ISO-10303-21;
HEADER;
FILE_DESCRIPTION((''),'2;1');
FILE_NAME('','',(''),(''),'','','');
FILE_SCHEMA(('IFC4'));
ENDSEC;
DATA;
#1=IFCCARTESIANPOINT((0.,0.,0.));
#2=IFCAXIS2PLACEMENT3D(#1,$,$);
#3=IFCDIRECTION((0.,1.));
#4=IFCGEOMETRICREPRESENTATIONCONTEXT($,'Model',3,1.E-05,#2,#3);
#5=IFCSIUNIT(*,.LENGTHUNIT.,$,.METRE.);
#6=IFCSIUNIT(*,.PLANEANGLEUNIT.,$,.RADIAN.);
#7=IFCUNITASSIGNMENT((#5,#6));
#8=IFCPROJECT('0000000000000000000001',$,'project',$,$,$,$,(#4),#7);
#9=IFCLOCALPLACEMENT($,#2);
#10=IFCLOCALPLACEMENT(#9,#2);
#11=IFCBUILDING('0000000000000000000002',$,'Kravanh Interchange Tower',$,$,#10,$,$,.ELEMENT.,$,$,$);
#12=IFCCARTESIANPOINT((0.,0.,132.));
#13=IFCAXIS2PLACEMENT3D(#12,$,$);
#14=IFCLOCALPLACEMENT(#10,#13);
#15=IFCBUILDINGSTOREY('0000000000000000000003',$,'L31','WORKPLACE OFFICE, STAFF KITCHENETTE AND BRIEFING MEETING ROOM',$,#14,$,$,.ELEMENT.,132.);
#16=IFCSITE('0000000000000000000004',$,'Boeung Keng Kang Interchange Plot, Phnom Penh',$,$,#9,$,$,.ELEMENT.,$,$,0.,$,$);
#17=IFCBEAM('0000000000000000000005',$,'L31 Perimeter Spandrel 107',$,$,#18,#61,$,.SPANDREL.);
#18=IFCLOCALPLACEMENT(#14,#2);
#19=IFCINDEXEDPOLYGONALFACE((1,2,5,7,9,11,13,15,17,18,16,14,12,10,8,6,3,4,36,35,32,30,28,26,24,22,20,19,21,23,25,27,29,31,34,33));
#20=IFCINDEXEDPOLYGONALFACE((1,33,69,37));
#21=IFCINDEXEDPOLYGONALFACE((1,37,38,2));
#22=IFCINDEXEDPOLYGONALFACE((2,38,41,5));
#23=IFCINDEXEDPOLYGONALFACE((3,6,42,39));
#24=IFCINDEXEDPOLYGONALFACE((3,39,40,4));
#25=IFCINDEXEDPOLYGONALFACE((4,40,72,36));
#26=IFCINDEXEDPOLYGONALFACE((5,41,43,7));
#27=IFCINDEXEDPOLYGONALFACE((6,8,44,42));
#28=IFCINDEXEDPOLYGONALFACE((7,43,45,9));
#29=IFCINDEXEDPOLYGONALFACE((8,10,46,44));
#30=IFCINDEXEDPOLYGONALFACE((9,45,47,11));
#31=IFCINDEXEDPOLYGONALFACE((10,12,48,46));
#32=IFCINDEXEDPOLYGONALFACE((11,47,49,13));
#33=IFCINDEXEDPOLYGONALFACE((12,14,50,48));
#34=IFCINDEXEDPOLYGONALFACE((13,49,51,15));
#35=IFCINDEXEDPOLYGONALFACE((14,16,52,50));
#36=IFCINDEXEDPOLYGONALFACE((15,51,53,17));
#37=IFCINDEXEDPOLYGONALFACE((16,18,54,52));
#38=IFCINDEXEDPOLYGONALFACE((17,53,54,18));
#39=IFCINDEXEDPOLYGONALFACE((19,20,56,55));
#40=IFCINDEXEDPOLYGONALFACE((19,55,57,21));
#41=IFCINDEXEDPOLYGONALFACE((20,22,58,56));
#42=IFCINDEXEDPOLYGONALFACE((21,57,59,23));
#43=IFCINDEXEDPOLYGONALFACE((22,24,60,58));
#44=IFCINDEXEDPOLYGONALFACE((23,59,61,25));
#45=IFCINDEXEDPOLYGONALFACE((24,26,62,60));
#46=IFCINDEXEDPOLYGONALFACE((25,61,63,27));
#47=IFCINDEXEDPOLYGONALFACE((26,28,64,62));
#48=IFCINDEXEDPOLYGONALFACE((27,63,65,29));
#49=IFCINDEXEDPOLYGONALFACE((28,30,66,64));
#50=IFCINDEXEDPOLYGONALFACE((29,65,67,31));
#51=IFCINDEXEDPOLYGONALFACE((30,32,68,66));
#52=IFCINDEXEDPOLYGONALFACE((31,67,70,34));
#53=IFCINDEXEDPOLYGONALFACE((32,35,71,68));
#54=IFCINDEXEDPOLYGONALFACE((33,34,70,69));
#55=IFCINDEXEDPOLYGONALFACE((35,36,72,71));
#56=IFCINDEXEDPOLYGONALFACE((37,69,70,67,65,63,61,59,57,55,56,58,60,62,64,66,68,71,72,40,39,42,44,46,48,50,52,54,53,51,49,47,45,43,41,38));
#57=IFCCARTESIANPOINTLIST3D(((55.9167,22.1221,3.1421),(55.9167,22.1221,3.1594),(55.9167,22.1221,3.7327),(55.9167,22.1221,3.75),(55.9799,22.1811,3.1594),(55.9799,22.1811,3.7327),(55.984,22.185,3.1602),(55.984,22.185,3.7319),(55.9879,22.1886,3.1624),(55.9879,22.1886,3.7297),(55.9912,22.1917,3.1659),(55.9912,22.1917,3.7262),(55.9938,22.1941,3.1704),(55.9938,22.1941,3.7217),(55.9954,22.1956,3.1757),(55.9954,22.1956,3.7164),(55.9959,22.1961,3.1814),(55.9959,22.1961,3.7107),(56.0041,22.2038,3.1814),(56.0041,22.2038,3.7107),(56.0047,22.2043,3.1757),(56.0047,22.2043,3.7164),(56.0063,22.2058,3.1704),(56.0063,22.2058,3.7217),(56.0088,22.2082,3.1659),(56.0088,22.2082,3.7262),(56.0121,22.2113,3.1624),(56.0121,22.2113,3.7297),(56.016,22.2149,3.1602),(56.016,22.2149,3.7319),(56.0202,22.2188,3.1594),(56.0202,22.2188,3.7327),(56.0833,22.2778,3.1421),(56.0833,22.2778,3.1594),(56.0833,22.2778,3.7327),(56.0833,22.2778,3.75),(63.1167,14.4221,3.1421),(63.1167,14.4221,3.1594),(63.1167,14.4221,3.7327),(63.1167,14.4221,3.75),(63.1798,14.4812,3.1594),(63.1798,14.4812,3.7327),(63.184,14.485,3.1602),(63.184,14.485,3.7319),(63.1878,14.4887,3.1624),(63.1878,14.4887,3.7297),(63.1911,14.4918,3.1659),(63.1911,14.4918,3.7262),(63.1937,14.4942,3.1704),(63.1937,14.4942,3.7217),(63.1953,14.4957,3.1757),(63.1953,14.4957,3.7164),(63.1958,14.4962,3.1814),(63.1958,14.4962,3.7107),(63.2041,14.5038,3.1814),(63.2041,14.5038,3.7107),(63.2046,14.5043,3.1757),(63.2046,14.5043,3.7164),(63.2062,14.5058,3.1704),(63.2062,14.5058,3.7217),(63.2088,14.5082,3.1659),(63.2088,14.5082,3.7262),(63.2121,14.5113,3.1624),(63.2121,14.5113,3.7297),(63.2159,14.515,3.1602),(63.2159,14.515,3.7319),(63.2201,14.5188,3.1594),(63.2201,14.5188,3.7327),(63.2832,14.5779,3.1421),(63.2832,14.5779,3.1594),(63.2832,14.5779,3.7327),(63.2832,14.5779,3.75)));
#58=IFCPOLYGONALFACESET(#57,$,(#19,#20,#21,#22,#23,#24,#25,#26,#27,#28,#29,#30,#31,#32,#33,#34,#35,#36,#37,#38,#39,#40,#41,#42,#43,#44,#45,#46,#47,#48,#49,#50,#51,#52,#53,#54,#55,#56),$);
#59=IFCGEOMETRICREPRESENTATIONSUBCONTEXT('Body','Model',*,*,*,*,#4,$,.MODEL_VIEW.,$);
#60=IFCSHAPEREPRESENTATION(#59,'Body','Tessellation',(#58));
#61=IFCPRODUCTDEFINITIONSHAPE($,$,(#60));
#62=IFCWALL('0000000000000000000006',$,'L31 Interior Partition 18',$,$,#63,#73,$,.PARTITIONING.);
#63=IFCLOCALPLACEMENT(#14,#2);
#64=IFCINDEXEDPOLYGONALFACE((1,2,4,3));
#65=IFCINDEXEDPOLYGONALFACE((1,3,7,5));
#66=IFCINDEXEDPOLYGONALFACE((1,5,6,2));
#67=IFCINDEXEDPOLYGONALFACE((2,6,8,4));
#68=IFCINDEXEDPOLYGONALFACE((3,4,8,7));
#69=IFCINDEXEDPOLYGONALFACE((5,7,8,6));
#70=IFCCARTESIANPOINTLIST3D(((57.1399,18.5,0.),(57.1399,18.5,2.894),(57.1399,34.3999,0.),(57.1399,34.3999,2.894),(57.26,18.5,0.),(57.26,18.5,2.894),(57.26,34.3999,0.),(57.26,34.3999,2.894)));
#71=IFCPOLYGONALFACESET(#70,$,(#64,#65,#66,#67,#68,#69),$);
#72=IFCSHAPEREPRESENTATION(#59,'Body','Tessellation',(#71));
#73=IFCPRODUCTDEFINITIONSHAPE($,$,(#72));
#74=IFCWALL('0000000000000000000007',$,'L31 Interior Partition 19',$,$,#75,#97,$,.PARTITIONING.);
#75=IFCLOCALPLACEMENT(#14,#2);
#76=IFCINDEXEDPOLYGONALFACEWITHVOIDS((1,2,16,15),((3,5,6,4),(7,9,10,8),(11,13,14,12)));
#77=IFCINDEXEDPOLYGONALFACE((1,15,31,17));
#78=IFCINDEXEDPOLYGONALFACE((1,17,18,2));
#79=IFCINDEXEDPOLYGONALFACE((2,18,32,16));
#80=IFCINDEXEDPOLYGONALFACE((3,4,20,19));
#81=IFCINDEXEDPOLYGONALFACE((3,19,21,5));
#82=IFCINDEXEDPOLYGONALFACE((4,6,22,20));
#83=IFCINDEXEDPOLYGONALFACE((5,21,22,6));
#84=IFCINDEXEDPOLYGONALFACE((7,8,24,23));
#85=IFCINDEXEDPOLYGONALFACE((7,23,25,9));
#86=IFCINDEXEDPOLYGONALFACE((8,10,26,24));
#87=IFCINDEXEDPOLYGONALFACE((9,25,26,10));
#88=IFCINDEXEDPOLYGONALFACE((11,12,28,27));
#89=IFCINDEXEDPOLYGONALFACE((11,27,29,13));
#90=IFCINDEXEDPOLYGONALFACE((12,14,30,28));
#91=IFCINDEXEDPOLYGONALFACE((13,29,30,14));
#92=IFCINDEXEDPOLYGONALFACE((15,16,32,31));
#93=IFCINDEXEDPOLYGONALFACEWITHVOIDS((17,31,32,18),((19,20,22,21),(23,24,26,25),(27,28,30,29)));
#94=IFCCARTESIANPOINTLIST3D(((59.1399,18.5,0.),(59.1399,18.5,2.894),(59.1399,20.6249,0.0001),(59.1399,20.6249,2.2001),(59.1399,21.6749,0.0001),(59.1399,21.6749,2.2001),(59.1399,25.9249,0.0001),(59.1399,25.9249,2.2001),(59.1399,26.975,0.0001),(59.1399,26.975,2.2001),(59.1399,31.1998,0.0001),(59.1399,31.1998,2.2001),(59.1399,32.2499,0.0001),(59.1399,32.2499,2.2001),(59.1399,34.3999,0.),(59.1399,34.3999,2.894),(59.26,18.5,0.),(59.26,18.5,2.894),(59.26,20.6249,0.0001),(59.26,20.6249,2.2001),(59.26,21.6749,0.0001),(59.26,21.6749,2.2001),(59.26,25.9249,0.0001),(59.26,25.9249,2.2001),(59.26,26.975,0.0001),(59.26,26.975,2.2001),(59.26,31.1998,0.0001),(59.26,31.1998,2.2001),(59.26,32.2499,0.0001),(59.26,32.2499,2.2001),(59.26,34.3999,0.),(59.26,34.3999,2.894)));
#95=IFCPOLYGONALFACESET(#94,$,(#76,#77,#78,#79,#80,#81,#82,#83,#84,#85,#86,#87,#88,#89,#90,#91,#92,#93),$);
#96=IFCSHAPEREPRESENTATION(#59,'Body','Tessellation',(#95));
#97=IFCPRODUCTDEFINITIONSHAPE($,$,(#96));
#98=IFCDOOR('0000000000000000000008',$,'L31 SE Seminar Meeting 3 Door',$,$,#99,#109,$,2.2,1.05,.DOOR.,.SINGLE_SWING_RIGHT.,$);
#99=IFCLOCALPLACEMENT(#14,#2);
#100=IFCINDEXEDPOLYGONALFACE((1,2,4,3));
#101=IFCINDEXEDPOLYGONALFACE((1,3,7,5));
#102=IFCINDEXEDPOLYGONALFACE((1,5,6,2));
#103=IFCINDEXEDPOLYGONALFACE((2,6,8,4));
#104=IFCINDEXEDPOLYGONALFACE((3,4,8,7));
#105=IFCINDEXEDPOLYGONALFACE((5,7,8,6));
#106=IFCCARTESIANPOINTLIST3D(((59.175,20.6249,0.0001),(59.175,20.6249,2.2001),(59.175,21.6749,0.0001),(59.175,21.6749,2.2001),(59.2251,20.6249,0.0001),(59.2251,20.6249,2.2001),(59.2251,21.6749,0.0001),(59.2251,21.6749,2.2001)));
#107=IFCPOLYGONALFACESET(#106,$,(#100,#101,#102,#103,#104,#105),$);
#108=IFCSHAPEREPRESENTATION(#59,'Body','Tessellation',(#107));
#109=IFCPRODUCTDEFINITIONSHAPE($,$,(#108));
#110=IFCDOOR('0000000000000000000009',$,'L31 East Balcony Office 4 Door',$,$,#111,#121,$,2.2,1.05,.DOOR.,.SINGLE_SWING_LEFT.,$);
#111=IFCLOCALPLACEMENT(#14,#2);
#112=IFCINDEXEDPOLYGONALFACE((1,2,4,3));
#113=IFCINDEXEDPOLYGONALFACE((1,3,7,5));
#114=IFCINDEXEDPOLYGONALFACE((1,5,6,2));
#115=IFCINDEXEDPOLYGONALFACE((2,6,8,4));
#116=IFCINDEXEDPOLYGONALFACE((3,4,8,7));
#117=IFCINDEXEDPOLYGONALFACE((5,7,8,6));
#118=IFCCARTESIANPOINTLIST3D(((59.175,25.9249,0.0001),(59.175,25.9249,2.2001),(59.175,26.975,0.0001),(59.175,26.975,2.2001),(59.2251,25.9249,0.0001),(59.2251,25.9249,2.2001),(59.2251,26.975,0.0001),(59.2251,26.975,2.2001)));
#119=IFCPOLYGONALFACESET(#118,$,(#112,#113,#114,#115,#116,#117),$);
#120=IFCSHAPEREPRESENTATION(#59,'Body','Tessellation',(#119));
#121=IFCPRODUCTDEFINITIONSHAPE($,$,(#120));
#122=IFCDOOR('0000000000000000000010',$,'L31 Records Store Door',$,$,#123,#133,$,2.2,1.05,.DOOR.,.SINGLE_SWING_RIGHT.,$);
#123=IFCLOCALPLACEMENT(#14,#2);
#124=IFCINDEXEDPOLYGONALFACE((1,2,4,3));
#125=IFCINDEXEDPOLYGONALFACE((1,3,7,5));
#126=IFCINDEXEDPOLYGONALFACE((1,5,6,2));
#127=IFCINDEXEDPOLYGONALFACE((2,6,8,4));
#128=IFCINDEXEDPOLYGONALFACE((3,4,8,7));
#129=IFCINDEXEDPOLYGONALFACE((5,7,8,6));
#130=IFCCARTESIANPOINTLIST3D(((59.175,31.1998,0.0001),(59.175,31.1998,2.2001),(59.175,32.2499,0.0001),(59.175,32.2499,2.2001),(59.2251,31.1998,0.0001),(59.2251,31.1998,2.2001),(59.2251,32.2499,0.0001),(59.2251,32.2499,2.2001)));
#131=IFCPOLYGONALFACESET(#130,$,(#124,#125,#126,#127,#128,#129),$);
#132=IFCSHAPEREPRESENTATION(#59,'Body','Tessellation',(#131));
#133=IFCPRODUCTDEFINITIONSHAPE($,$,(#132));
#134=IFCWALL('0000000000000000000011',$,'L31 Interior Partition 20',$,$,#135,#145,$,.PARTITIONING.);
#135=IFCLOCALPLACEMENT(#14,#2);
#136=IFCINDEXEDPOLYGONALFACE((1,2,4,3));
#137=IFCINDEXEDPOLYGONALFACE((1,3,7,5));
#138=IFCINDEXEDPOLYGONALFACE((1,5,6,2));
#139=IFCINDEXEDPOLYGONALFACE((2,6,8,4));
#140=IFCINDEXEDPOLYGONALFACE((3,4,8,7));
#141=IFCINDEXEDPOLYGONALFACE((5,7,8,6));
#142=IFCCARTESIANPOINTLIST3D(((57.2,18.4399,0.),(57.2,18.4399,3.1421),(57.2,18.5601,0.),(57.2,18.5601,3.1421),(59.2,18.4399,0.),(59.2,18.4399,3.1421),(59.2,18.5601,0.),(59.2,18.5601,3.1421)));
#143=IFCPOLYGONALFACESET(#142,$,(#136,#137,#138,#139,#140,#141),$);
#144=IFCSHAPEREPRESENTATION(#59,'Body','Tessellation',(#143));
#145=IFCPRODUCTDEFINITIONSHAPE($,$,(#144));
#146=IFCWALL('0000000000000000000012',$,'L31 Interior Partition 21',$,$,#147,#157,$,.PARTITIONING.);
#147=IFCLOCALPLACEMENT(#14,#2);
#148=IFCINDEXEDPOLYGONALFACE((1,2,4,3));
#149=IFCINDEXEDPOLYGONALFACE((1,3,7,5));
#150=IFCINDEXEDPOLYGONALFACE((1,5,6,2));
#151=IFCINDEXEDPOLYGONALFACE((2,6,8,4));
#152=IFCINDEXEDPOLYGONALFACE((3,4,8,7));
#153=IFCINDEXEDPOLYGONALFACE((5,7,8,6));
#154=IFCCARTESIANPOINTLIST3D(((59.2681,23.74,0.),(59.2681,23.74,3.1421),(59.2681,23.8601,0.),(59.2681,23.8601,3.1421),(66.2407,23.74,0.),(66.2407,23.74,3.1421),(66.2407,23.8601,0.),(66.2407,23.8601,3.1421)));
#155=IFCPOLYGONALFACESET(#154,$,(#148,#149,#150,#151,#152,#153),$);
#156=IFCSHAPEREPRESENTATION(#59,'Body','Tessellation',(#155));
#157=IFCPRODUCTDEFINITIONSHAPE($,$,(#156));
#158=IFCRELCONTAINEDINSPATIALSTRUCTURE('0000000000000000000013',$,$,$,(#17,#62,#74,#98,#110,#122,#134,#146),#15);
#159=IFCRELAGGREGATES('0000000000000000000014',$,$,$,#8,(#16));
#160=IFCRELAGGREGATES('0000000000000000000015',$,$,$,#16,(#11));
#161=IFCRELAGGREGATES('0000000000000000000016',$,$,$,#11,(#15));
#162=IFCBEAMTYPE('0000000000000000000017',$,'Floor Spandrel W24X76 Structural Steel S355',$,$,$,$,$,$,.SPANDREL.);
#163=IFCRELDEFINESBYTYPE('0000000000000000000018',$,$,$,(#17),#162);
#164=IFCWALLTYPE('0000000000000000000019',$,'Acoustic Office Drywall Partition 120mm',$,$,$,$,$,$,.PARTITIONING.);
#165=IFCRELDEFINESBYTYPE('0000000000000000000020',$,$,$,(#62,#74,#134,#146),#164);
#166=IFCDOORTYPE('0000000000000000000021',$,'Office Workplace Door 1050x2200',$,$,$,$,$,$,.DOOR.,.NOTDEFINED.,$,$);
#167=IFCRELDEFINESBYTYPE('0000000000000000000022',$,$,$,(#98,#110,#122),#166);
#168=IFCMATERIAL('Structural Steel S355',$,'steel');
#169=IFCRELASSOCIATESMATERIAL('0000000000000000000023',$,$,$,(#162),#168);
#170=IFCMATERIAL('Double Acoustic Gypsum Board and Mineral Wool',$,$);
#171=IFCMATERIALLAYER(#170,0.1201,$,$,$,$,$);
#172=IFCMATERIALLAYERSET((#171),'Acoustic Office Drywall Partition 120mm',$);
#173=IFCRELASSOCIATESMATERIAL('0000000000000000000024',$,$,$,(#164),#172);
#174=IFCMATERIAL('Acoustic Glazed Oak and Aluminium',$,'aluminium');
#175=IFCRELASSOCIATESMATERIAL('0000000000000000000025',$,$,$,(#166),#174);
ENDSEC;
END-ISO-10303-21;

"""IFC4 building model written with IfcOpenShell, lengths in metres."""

from ifc_helpers import new_model, si_unit, direction, frame, frame_2d, origin, origin_2d, place, context, subcontext, project, spatial, rectangle, i_section, extrude, material, layer, layer_set, material_profile, profile_set, type_object, element, fill, save


model = new_model("IFC4")

# Units and contexts
model_context = context("Model", 3, precision=1e-05, world=origin(), true_north=direction((0.0, 1.0)))
body_context = subcontext(model_context, "Body", "Model", "MODEL_VIEW")
ifc_project = project(units=[si_unit("LENGTHUNIT", "METRE"), si_unit("PLANEANGLEUNIT", "RADIAN")], contexts=[model_context])

# Site, building, storey
site_placement = place(None, origin())
site = spatial("IfcSite", under=ifc_project, at=site_placement, Name="Boeung Keng Kang Interchange Plot, Phnom Penh", CompositionType="ELEMENT", RefElevation=0.0)
building_placement = place(site_placement, origin())
building = spatial("IfcBuilding", under=site, at=building_placement, Name="Kravanh Interchange Tower", CompositionType="ELEMENT")
storey_placement = place(building_placement, frame((0.0, 0.0, 132.0)))
storey = spatial("IfcBuildingStorey", under=building, at=storey_placement, Name="L31", Description="WORKPLACE OFFICE, STAFF KITCHENETTE AND BRIEFING MEETING ROOM", CompositionType="ELEMENT", Elevation=132.0)

# Beam
ifc_material_1 = material(Name="Structural Steel S355", Category="steel")
ifc_material_profile_1 = material_profile(ifc_material_1, i_section(OverallWidth=0.228, OverallDepth=0.6079, WebThickness=0.0112, FlangeThickness=0.0173, FilletRadius=0.022, at=origin_2d()), Name="W24X76")
ifc_profile_set_1 = profile_set([ifc_material_profile_1], Name="Structural Steel S355")
beam_type_1 = type_object("IfcBeamType", Name="Floor Spandrel W24X76 Structural Steel S355", PredefinedType="SPANDREL", material=ifc_profile_set_1)
beam_1_placement = place(storey_placement, frame((63.2, 14.5, 3.446), z_axis=(-0.682994, 0.730424, 0.0), x_axis=(-0.730424, -0.682994, 0.0)))
element("IfcBeam", 1, at=beam_1_placement, inside=storey, type_object=beam_type_1, Name="L31 Perimeter Spandrel 107", PredefinedType="SPANDREL", context=body_context, shape_type="SweptSolid", body=[
    extrude(i_section(OverallWidth=0.228, OverallDepth=0.6079, WebThickness=0.0112, FlangeThickness=0.0173, FilletRadius=0.022, at=origin_2d()), origin(), (0.0, 0.0, 1.0), 10.5417),
])

# Wall
ifc_material_2 = material(Name="Double Acoustic Gypsum Board and Mineral Wool")
ifc_layer_1 = layer(ifc_material_2, 0.1201)
ifc_layer_set_1 = layer_set([ifc_layer_1], Name="Acoustic Office Drywall Partition 120mm")
wall_type = type_object("IfcWallType", Name="Acoustic Office Drywall Partition 120mm", PredefinedType="PARTITIONING", material=ifc_layer_set_1)
wall_1_placement = place(storey_placement, frame((57.2, 18.5, 0.0), z_axis=(0.0, 0.0, 1.0), x_axis=(0.0, 1.0, 0.0)))
element("IfcWall", 2, at=wall_1_placement, inside=storey, type_object=wall_type, Name="L31 Interior Partition 18", PredefinedType="PARTITIONING", context=body_context, shape_type="SweptSolid", body=[
    extrude(rectangle(XDim=15.8999, YDim=0.1201, at=frame_2d((7.95, 0.0))), origin(), (0.0, 0.0, 1.0), 2.894),
])

# Wall, openings, doors
wall_2_placement = place(storey_placement, frame((59.2, 18.5, 0.0), z_axis=(0.0, 0.0, 1.0), x_axis=(0.0, 1.0, 0.0)))
wall_2 = element("IfcWall", 3, at=wall_2_placement, inside=storey, type_object=wall_type, Name="L31 Interior Partition 19", PredefinedType="PARTITIONING", context=body_context, shape_type="SweptSolid", body=[
    extrude(rectangle(XDim=15.8999, YDim=0.1201, at=frame_2d((7.95, 0.0))), origin(), (0.0, 0.0, 1.0), 2.894),
])
opening_1_placement = place(wall_2_placement, frame((2.125, 0.0, 0.0)))
opening_1 = element("IfcOpeningElement", 4, at=opening_1_placement, cuts=wall_2, PredefinedType="OPENING", context=body_context, shape_type="SweptSolid", body=[
    extrude(rectangle(XDim=1.05, YDim=2.2, at=frame_2d((0.5249, 1.1001))), frame((0.0, 0.0701, 0.0), z_axis=(0.0, -1.0, 0.0), x_axis=(1.0, 0.0, 0.0)), (0.0, 0.0, 1.0), 0.1401),
])
opening_2_placement = place(wall_2_placement, frame((7.425, 0.0, 0.0)))
opening_2 = element("IfcOpeningElement", 5, at=opening_2_placement, cuts=wall_2, PredefinedType="OPENING", context=body_context, shape_type="SweptSolid", body=[
    extrude(rectangle(XDim=1.05, YDim=2.2, at=frame_2d((0.5249, 1.1001))), frame((0.0, 0.0701, 0.0), z_axis=(0.0, -1.0, 0.0), x_axis=(1.0, 0.0, 0.0)), (0.0, 0.0, 1.0), 0.1401),
])
opening_3_placement = place(wall_2_placement, frame((12.7, 0.0, 0.0)))
opening_3 = element("IfcOpeningElement", 6, at=opening_3_placement, cuts=wall_2, PredefinedType="OPENING", context=body_context, shape_type="SweptSolid", body=[
    extrude(rectangle(XDim=1.05, YDim=2.2, at=frame_2d((0.5249, 1.1001))), frame((0.0, 0.0701, 0.0), z_axis=(0.0, -1.0, 0.0), x_axis=(1.0, 0.0, 0.0)), (0.0, 0.0, 1.0), 0.1401),
])
ifc_material_3 = material(Name="Acoustic Glazed Oak and Aluminium", Category="aluminium")
door_type = type_object("IfcDoorType", Name="Office Workplace Door 1050x2200", OperationType="NOTDEFINED", PredefinedType="DOOR", material=ifc_material_3)
door_1_placement = place(opening_1_placement, origin())
door_1 = element("IfcDoor", 7, at=door_1_placement, inside=storey, type_object=door_type, Name="L31 SE Seminar Meeting 3 Door", OperationType="SINGLE_SWING_RIGHT", OverallHeight=2.2, OverallWidth=1.05, PredefinedType="DOOR", context=body_context, shape_type="SweptSolid", body=[
    extrude(rectangle(XDim=1.05, YDim=2.2, at=frame_2d((0.5249, 1.1001))), frame((0.0, 0.0249, 0.0), z_axis=(0.0, -1.0, 0.0), x_axis=(1.0, 0.0, 0.0)), (0.0, 0.0, 1.0), 0.05),
])
fill(opening_1, door_1)
door_2_placement = place(opening_2_placement, origin())
door_2 = element("IfcDoor", 8, at=door_2_placement, inside=storey, type_object=door_type, Name="L31 East Balcony Office 4 Door", OperationType="SINGLE_SWING_LEFT", OverallHeight=2.2, OverallWidth=1.05, PredefinedType="DOOR", context=body_context, shape_type="SweptSolid", body=[
    extrude(rectangle(XDim=1.05, YDim=2.2, at=frame_2d((0.5249, 1.1001))), frame((0.0, 0.0249, 0.0), z_axis=(0.0, -1.0, 0.0), x_axis=(1.0, 0.0, 0.0)), (0.0, 0.0, 1.0), 0.05),
])
fill(opening_2, door_2)
door_3_placement = place(opening_3_placement, origin())
door_3 = element("IfcDoor", 9, at=door_3_placement, inside=storey, type_object=door_type, Name="L31 Records Store Door", OperationType="SINGLE_SWING_RIGHT", OverallHeight=2.2, OverallWidth=1.05, PredefinedType="DOOR", context=body_context, shape_type="SweptSolid", body=[
    extrude(rectangle(XDim=1.05, YDim=2.2, at=frame_2d((0.5249, 1.1001))), frame((0.0, 0.0249, 0.0), z_axis=(0.0, -1.0, 0.0), x_axis=(1.0, 0.0, 0.0)), (0.0, 0.0, 1.0), 0.05),
])
fill(opening_3, door_3)

# Walls
wall_3_placement = place(storey_placement, frame((57.2, 18.5, 0.0), z_axis=(0.0, 0.0, 1.0), x_axis=(1.0, 0.0, 0.0)))
element("IfcWall", 10, at=wall_3_placement, inside=storey, type_object=wall_type, Name="L31 Interior Partition 20", PredefinedType="PARTITIONING", context=body_context, shape_type="SweptSolid", body=[
    extrude(rectangle(XDim=2.0, YDim=0.1201, at=frame_2d((1.0, 0.0))), origin(), (0.0, 0.0, 1.0), 3.1421),
])
wall_4_placement = place(storey_placement, frame((59.2681, 23.8, 0.0), z_axis=(0.0, 0.0, 1.0), x_axis=(1.0, 0.0, 0.0)))
element("IfcWall", 11, at=wall_4_placement, inside=storey, type_object=wall_type, Name="L31 Interior Partition 21", PredefinedType="PARTITIONING", context=body_context, shape_type="SweptSolid", body=[
    extrude(rectangle(XDim=6.9727, YDim=0.1201, at=frame_2d((3.4863, 0.0))), origin(), (0.0, 0.0, 1.0), 3.1421),
])

save(model, "model.ifc")
